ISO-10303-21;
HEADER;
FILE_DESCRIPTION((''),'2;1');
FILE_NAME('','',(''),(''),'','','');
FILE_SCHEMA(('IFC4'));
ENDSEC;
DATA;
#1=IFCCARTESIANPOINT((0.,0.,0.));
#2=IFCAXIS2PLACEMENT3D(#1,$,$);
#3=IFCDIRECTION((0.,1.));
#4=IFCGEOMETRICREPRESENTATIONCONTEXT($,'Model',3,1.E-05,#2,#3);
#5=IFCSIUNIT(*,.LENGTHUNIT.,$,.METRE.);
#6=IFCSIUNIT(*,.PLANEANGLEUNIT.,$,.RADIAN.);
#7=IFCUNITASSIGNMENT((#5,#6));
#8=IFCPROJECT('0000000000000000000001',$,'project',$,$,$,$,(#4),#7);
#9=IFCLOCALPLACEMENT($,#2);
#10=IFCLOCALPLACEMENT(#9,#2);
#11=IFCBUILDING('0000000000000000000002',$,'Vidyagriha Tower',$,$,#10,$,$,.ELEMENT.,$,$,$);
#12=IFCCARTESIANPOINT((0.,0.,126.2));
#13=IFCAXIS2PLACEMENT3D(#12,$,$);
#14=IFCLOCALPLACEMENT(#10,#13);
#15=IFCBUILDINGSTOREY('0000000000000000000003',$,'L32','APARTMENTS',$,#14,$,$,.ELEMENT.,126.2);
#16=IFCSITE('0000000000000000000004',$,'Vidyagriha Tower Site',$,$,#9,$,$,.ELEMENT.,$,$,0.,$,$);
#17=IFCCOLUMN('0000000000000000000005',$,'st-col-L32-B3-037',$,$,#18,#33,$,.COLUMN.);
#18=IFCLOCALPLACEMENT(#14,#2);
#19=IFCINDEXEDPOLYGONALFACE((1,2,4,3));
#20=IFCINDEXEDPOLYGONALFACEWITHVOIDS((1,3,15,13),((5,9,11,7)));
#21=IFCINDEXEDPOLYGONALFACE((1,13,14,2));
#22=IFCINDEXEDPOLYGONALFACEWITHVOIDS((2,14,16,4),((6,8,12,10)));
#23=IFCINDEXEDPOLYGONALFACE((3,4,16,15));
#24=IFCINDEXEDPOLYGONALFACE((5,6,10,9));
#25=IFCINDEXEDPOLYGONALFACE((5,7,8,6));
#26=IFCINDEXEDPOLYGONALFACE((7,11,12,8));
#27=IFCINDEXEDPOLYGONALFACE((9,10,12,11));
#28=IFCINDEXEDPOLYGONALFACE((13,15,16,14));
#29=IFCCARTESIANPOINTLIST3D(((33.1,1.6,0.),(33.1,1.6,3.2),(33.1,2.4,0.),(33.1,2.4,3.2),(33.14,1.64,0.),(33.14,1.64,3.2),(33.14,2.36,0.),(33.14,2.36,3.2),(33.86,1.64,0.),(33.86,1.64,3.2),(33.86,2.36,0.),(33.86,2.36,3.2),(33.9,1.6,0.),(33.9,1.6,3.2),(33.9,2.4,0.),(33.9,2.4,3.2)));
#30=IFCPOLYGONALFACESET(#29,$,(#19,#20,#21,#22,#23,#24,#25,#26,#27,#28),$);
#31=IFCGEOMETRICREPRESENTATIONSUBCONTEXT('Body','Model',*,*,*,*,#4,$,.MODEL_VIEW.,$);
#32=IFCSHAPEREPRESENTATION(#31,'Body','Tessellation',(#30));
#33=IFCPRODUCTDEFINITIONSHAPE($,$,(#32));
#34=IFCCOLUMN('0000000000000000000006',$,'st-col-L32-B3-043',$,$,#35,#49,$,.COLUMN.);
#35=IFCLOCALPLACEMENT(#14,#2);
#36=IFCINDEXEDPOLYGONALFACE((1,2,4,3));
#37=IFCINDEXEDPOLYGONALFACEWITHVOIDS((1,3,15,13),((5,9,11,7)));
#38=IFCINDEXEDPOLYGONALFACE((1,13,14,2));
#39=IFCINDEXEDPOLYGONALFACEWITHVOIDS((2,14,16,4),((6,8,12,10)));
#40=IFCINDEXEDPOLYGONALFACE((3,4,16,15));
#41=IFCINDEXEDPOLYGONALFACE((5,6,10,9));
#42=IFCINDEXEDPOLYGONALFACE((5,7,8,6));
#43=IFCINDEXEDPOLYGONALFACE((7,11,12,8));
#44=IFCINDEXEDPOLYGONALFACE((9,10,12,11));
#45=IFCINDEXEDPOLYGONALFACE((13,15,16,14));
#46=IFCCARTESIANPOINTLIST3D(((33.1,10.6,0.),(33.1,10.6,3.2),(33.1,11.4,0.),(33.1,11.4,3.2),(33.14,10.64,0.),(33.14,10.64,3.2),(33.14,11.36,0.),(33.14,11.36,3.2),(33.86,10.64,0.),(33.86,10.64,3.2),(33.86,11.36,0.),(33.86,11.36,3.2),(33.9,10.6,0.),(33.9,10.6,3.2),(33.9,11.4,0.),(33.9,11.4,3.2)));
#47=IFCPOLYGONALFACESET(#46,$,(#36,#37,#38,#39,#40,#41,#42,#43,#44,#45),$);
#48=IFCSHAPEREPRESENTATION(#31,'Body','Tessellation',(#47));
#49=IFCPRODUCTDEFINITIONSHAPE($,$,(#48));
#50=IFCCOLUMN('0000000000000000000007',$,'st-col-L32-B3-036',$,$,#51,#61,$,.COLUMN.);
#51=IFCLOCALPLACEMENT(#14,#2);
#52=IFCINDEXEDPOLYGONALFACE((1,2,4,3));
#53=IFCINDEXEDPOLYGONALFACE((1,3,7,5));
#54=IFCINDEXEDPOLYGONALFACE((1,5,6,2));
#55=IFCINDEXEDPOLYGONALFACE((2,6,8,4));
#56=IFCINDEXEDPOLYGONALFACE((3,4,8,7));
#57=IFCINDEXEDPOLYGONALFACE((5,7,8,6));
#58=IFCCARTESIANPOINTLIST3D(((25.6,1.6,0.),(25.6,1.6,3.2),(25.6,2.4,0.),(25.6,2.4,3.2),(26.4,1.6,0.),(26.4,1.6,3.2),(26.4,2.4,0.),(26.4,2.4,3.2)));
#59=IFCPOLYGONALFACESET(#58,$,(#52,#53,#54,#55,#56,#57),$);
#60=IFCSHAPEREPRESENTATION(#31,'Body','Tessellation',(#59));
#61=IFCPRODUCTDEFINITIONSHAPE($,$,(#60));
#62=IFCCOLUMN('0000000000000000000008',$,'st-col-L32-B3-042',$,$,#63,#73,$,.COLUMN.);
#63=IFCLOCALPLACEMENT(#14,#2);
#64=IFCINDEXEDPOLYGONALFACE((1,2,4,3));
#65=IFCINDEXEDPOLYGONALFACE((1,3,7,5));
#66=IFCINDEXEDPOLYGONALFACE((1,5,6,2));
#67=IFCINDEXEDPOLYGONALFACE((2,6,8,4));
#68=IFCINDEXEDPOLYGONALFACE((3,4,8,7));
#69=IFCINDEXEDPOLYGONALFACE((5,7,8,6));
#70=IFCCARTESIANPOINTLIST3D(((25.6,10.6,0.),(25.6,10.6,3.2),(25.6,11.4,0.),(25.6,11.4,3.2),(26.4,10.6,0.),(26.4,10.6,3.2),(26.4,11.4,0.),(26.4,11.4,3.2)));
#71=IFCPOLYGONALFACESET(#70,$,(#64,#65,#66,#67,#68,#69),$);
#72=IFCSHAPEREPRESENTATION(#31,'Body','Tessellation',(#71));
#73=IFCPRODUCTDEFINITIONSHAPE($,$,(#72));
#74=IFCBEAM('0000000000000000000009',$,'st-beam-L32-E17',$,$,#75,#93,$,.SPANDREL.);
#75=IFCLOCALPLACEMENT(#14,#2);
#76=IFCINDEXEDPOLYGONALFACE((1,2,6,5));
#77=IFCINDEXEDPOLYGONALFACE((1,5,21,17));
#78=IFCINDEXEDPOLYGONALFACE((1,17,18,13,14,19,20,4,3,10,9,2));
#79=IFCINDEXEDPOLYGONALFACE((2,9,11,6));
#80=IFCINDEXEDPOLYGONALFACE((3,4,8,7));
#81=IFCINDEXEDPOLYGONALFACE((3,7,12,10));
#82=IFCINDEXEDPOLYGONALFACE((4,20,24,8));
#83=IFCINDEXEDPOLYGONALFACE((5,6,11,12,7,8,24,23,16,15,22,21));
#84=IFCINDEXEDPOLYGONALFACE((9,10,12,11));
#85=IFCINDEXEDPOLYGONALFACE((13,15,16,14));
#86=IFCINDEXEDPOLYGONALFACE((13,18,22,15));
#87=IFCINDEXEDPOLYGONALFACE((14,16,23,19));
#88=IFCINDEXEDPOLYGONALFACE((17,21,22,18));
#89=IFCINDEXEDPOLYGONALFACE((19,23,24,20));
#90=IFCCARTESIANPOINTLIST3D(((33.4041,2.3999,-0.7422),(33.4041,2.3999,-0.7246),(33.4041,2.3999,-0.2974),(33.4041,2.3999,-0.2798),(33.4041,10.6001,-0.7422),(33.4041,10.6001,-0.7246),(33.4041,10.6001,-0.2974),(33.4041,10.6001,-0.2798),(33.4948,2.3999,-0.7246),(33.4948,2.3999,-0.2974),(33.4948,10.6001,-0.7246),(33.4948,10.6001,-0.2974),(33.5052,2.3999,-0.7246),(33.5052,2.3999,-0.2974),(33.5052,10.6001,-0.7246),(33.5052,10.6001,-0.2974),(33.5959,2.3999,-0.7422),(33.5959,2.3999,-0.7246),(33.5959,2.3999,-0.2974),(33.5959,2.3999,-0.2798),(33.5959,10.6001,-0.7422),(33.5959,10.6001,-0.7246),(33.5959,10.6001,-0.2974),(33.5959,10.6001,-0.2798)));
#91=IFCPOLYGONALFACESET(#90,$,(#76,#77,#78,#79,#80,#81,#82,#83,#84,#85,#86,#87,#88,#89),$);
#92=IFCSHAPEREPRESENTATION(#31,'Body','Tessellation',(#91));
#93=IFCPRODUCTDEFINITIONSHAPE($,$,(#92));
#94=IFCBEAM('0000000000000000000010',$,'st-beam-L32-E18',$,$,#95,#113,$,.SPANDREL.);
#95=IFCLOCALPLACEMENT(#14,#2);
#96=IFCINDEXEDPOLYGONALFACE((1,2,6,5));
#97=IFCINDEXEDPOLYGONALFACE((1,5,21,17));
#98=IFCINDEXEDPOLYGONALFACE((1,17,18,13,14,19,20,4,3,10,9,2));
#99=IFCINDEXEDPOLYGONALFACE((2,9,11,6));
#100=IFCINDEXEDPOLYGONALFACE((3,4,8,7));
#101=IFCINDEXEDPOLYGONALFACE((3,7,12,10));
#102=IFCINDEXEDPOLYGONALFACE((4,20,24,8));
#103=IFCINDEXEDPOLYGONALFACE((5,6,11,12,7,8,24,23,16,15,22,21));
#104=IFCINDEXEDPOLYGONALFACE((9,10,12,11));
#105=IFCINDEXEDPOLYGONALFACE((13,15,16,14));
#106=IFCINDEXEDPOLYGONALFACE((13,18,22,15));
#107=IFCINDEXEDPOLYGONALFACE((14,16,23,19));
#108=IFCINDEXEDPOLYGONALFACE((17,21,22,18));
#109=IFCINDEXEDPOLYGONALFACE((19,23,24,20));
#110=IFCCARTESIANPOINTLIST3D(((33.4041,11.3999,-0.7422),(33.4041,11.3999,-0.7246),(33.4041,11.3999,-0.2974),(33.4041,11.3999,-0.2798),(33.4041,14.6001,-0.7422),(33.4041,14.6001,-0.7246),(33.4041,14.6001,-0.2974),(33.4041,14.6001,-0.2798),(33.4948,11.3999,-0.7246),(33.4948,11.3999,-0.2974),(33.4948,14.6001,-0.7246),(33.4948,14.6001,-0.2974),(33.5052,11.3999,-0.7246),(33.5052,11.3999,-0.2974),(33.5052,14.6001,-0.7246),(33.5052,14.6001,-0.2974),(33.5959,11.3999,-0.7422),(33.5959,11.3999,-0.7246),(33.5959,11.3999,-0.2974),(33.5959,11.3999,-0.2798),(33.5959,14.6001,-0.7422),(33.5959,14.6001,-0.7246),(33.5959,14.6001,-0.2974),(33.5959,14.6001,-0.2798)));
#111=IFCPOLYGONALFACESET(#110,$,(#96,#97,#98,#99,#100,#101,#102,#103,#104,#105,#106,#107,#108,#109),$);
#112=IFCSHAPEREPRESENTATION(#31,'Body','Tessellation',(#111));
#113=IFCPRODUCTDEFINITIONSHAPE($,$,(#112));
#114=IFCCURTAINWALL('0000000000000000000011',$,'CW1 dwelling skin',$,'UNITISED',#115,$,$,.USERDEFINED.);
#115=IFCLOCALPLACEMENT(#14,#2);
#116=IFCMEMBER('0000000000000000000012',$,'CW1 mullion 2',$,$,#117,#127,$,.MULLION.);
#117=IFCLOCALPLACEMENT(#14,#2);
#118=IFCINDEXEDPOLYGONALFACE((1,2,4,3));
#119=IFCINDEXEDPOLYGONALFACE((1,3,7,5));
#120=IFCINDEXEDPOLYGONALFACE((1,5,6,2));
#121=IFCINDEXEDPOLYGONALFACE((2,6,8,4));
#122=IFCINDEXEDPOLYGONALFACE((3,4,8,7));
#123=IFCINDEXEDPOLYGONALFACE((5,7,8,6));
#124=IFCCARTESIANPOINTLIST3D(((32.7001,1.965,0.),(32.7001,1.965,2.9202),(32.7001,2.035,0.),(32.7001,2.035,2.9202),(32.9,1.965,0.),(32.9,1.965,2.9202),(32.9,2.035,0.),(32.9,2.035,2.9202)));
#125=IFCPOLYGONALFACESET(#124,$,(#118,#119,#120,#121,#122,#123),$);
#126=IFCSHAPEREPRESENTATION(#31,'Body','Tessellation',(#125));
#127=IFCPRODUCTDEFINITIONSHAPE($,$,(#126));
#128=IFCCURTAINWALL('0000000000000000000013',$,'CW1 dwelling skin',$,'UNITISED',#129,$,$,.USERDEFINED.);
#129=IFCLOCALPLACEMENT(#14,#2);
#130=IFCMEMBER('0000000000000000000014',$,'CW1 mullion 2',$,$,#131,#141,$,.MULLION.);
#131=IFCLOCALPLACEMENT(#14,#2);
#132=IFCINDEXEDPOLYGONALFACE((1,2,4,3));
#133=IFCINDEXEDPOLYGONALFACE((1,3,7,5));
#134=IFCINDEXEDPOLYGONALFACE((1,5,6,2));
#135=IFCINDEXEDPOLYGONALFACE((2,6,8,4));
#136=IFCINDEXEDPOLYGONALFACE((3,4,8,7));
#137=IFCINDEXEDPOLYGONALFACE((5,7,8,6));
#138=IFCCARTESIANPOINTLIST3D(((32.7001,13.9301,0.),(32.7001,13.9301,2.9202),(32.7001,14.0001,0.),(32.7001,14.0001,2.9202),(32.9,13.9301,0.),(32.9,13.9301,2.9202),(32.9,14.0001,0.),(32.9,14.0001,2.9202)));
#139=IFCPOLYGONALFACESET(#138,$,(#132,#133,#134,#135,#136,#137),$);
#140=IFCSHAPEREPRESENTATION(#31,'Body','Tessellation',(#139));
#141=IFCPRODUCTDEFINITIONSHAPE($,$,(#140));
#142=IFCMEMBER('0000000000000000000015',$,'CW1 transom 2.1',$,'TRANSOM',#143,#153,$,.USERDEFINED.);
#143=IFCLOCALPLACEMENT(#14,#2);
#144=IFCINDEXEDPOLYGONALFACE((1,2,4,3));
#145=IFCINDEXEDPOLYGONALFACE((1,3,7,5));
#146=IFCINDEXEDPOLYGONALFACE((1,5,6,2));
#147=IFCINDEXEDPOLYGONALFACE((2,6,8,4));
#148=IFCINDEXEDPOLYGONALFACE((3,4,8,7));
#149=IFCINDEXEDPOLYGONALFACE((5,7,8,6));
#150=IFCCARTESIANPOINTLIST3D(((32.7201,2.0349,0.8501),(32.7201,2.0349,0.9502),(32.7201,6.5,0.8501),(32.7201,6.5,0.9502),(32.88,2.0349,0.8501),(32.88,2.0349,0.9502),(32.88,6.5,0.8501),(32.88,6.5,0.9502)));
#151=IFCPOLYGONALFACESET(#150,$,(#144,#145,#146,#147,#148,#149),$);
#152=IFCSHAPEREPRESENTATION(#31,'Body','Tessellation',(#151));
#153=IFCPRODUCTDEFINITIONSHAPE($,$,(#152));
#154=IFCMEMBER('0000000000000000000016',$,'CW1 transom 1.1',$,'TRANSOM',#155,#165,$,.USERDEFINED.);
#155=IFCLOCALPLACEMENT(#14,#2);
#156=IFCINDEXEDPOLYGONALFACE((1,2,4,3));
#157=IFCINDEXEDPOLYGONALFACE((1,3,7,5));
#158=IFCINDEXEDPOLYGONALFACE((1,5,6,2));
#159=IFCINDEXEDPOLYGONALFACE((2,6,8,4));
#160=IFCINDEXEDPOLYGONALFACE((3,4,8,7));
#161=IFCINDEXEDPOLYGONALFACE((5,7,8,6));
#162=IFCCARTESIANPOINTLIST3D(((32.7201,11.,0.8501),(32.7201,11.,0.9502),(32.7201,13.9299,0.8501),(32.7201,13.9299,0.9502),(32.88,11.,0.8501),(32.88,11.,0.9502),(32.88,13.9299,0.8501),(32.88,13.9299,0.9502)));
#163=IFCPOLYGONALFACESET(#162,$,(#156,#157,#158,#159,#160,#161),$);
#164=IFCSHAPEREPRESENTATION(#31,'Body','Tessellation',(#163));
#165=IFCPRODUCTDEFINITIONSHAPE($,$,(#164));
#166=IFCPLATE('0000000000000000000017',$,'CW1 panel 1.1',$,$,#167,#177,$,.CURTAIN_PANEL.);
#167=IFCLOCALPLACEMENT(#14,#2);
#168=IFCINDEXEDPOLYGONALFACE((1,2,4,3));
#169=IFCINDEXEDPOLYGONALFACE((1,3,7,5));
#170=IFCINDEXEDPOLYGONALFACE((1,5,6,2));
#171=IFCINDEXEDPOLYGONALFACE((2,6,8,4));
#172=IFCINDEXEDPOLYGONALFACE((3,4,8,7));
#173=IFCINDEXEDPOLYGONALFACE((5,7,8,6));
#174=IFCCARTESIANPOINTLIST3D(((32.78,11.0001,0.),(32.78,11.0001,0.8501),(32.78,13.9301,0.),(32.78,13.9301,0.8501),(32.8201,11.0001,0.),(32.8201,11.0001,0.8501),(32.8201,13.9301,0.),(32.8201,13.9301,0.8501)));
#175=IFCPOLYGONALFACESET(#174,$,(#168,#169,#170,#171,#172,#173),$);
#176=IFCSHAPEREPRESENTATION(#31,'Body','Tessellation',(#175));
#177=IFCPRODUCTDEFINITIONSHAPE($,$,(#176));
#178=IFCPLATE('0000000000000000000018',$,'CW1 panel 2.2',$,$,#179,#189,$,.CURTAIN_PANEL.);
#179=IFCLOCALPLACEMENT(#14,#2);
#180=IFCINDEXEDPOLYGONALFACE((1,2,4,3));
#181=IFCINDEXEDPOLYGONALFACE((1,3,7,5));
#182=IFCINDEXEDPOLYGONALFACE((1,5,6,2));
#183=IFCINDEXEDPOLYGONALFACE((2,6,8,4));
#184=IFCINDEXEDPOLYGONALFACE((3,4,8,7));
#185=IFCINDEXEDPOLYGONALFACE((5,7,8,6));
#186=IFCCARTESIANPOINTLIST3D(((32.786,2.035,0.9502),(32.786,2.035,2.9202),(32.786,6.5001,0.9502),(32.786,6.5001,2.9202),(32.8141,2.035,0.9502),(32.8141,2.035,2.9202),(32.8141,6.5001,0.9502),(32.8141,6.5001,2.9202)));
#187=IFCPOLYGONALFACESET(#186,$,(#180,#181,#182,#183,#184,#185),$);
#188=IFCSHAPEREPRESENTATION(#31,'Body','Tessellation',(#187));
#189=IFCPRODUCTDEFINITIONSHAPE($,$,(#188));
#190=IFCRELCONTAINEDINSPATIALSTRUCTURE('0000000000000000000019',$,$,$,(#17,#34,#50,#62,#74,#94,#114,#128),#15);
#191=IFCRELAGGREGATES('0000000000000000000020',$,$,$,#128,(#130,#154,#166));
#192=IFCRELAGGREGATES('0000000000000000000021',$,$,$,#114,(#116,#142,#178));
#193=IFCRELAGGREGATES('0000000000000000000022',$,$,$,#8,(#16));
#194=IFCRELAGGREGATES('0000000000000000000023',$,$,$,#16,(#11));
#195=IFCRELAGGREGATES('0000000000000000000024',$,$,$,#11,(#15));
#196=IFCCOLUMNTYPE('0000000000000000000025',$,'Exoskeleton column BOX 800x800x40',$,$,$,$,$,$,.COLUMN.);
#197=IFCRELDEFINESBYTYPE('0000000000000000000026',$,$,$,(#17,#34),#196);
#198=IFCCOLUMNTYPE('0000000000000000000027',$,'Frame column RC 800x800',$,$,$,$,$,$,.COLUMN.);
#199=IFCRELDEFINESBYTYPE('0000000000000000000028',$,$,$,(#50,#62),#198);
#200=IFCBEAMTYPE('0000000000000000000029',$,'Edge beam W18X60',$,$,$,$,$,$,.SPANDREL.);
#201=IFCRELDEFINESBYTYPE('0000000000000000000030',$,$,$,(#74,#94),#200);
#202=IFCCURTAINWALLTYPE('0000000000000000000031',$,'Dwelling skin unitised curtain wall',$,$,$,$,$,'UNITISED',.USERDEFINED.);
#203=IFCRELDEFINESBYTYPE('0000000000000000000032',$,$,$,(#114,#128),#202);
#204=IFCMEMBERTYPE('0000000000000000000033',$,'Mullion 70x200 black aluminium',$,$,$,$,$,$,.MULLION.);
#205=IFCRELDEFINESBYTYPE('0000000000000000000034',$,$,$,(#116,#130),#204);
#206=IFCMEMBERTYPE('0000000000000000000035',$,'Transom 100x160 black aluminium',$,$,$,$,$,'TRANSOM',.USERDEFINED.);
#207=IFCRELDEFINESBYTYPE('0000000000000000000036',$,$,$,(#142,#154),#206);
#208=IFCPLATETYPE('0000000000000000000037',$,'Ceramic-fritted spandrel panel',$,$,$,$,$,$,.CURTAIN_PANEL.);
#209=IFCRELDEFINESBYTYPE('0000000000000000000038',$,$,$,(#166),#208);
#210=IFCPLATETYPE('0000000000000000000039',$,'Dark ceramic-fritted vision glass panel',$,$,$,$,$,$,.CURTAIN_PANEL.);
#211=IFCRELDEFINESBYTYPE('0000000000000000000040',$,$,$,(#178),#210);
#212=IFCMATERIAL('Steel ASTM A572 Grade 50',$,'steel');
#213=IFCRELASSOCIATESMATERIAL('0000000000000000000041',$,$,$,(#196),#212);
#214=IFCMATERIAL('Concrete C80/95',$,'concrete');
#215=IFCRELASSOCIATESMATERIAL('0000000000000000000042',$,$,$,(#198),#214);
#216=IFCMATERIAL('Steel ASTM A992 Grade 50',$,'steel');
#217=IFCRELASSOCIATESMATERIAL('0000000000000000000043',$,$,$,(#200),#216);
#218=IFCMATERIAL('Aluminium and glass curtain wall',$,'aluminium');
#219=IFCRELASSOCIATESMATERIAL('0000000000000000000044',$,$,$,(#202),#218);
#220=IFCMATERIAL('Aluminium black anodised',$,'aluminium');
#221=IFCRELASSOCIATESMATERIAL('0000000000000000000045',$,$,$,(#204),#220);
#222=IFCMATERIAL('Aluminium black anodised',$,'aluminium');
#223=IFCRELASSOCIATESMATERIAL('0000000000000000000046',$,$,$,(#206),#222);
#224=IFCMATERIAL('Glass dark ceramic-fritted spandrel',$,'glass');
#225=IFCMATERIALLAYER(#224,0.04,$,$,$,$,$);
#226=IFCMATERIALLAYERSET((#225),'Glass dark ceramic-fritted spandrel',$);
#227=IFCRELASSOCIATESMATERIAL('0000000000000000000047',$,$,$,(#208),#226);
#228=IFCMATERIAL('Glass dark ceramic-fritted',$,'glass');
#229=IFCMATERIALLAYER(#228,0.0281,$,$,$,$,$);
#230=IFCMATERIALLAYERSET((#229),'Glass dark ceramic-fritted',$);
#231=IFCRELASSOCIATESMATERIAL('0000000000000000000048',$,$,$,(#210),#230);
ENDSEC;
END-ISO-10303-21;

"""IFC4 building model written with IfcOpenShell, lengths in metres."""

from ifc_helpers import new_model, si_unit, direction, frame, origin, origin_2d, place, context, subcontext, project, spatial, rectangle, hollow_rectangle, i_section, extrude, material, layer, layer_set, material_profile, profile_set, type_object, element, aggregate, save


model = new_model("IFC4")

# Units and contexts
model_context = context("Model", 3, precision=1e-05, world=origin(), true_north=direction((0.0, 1.0)))
body_context = subcontext(model_context, "Body", "Model", "MODEL_VIEW")
ifc_project = project(units=[si_unit("LENGTHUNIT", "METRE"), si_unit("PLANEANGLEUNIT", "RADIAN")], contexts=[model_context])

# Site, building, storey
site_placement = place(None, origin())
site = spatial("IfcSite", under=ifc_project, at=site_placement, Name="Vidyagriha Tower Site", CompositionType="ELEMENT", RefElevation=0.0)
building_placement = place(site_placement, origin())
building = spatial("IfcBuilding", under=site, at=building_placement, Name="Vidyagriha Tower", CompositionType="ELEMENT")
storey_placement = place(building_placement, frame((0.0, 0.0, 126.2)))
storey = spatial("IfcBuildingStorey", under=building, at=storey_placement, Name="L32", Description="APARTMENTS", CompositionType="ELEMENT", Elevation=126.2)

# Columns
ifc_material_1 = material(Name="Steel ASTM A572 Grade 50", Category="steel")
ifc_material_profile_1 = material_profile(ifc_material_1, hollow_rectangle(XDim=0.8, YDim=0.8, WallThickness=0.04, at=origin_2d()), Name="BOX 800x800x40")
ifc_profile_set_1 = profile_set([ifc_material_profile_1], Name="Steel ASTM A572 Grade 50")
column_type_1 = type_object("IfcColumnType", Name="Exoskeleton column BOX 800x800x40", PredefinedType="COLUMN", material=ifc_profile_set_1)
for number, where, name in (
    (1, (33.5, 2.0, 0.0), "st-col-L32-B3-037"),
    (2, (33.5, 11.0, 0.0), "st-col-L32-B3-043"),
):
    element("IfcColumn", number, at=place(storey_placement, frame(where)), inside=storey, type_object=column_type_1, Name=name, PredefinedType="COLUMN", context=body_context, shape_type="SweptSolid", body=[
        extrude(hollow_rectangle(XDim=0.8, YDim=0.8, WallThickness=0.04, at=origin_2d()), origin(), (0.0, 0.0, 1.0), 3.2),
    ])
ifc_material_2 = material(Name="Concrete C80/95", Category="concrete")
ifc_material_profile_2 = material_profile(ifc_material_2, rectangle(XDim=0.8, YDim=0.8, at=origin_2d()), Name="RC 800x800")
ifc_profile_set_2 = profile_set([ifc_material_profile_2], Name="Concrete C80/95")
column_type_2 = type_object("IfcColumnType", Name="Frame column RC 800x800", PredefinedType="COLUMN", material=ifc_profile_set_2)
for number, where, name in (
    (3, (26.0, 2.0, 0.0), "st-col-L32-B3-036"),
    (4, (26.0, 11.0, 0.0), "st-col-L32-B3-042"),
):
    element("IfcColumn", number, at=place(storey_placement, frame(where)), inside=storey, type_object=column_type_2, Name=name, PredefinedType="COLUMN", context=body_context, shape_type="SweptSolid", body=[
        extrude(rectangle(XDim=0.8, YDim=0.8, at=origin_2d()), origin(), (0.0, 0.0, 1.0), 3.2),
    ])

# Beams
ifc_material_3 = material(Name="Steel ASTM A992 Grade 50", Category="steel")
ifc_material_profile_3 = material_profile(ifc_material_3, i_section(OverallWidth=0.1919, OverallDepth=0.4624, WebThickness=0.0105, FlangeThickness=0.0176, at=origin_2d()), Name="W18X60")
ifc_profile_set_3 = profile_set([ifc_material_profile_3], Name="Steel ASTM A992 Grade 50")
beam_type = type_object("IfcBeamType", Name="Edge beam W18X60", PredefinedType="SPANDREL", material=ifc_profile_set_3)
beam_1_placement = place(storey_placement, frame((33.5, 2.3999, -0.511), z_axis=(0.0, 1.0, 0.0), x_axis=(-1.0, 0.0, 0.0)))
element("IfcBeam", 5, at=beam_1_placement, inside=storey, type_object=beam_type, Name="st-beam-L32-E17", PredefinedType="SPANDREL", context=body_context, shape_type="SweptSolid", body=[
    extrude(i_section(OverallWidth=0.1919, OverallDepth=0.4624, WebThickness=0.0105, FlangeThickness=0.0176, at=origin_2d()), origin(), (0.0, 0.0, 1.0), 8.2002),
])
beam_2_placement = place(storey_placement, frame((33.5, 11.3999, -0.511), z_axis=(0.0, 1.0, 0.0), x_axis=(-1.0, 0.0, 0.0)))
element("IfcBeam", 6, at=beam_2_placement, inside=storey, type_object=beam_type, Name="st-beam-L32-E18", PredefinedType="SPANDREL", context=body_context, shape_type="SweptSolid", body=[
    extrude(i_section(OverallWidth=0.1919, OverallDepth=0.4624, WebThickness=0.0105, FlangeThickness=0.0176, at=origin_2d()), origin(), (0.0, 0.0, 1.0), 3.2002),
])

# Curtain walls, members
ifc_material_4 = material(Name="Aluminium and glass curtain wall", Category="aluminium")
curtain_wall_type = type_object("IfcCurtainWallType", Name="Dwelling skin unitised curtain wall", ElementType="UNITISED", PredefinedType="USERDEFINED", material=ifc_material_4)
curtain_wall_1_placement = place(storey_placement, origin())
curtain_wall_1 = element("IfcCurtainWall", 7, at=curtain_wall_1_placement, inside=storey, type_object=curtain_wall_type, Name="CW1 dwelling skin", ObjectType="UNITISED", PredefinedType="USERDEFINED")
ifc_material_5 = material(Name="Aluminium black anodised", Category="aluminium")
ifc_material_profile_4 = material_profile(ifc_material_5, rectangle(XDim=0.2, YDim=0.0701, at=origin_2d()), Name="Mullion 70x200 black aluminium")
ifc_profile_set_4 = profile_set([ifc_material_profile_4], Name="Aluminium black anodised")
member_type_1 = type_object("IfcMemberType", Name="Mullion 70x200 black aluminium", PredefinedType="MULLION", material=ifc_profile_set_4)
member_1_placement = place(storey_placement, frame((32.8, 2.0, 0.0), z_axis=(0.0, 0.0, 1.0), x_axis=(-1.0, 0.0, 0.0)))
member_1 = element("IfcMember", 8, at=member_1_placement, type_object=member_type_1, Name="CW1 mullion 2", PredefinedType="MULLION", context=body_context, shape_type="SweptSolid", body=[
    extrude(rectangle(XDim=0.2, YDim=0.0701, at=origin_2d()), origin(), (0.0, 0.0, 1.0), 2.9202),
])
curtain_wall_2_placement = place(storey_placement, origin())
curtain_wall_2 = element("IfcCurtainWall", 9, at=curtain_wall_2_placement, inside=storey, type_object=curtain_wall_type, Name="CW1 dwelling skin", ObjectType="UNITISED", PredefinedType="USERDEFINED")
member_2_placement = place(storey_placement, frame((32.8, 13.9651, 0.0), z_axis=(0.0, 0.0, 1.0), x_axis=(-1.0, 0.0, 0.0)))
member_2 = element("IfcMember", 10, at=member_2_placement, type_object=member_type_1, Name="CW1 mullion 2", PredefinedType="MULLION", context=body_context, shape_type="SweptSolid", body=[
    extrude(rectangle(XDim=0.2, YDim=0.0701, at=origin_2d()), origin(), (0.0, 0.0, 1.0), 2.9202),
])

# Members
ifc_material_6 = material(Name="Aluminium black anodised", Category="aluminium")
ifc_material_profile_5 = material_profile(ifc_material_6, rectangle(XDim=0.1599, YDim=0.1001, at=origin_2d()), Name="Transom 100x160 black aluminium")
ifc_profile_set_5 = profile_set([ifc_material_profile_5], Name="Aluminium black anodised")
member_type_2 = type_object("IfcMemberType", Name="Transom 100x160 black aluminium", ElementType="TRANSOM", PredefinedType="USERDEFINED", material=ifc_profile_set_5)
member_3_placement = place(storey_placement, frame((32.8, 2.0349, 0.9001), z_axis=(0.0, 1.0, 0.0), x_axis=(-1.0, 0.0, 0.0)))
member_3 = element("IfcMember", 11, at=member_3_placement, type_object=member_type_2, Name="CW1 transom 2.1", ObjectType="TRANSOM", PredefinedType="USERDEFINED", context=body_context, shape_type="SweptSolid", body=[
    extrude(rectangle(XDim=0.1599, YDim=0.1001, at=origin_2d()), origin(), (0.0, 0.0, 1.0), 4.4651),
])
member_4_placement = place(storey_placement, frame((32.8, 11.0, 0.9001), z_axis=(0.0, 1.0, 0.0), x_axis=(-1.0, 0.0, 0.0)))
member_4 = element("IfcMember", 12, at=member_4_placement, type_object=member_type_2, Name="CW1 transom 1.1", ObjectType="TRANSOM", PredefinedType="USERDEFINED", context=body_context, shape_type="SweptSolid", body=[
    extrude(rectangle(XDim=0.1599, YDim=0.1001, at=origin_2d()), origin(), (0.0, 0.0, 1.0), 2.9299),
])

# Plates
ifc_material_7 = material(Name="Glass dark ceramic-fritted spandrel", Category="glass")
ifc_layer_1 = layer(ifc_material_7, 0.04)
ifc_layer_set_1 = layer_set([ifc_layer_1], Name="Glass dark ceramic-fritted spandrel")
plate_type_1 = type_object("IfcPlateType", Name="Ceramic-fritted spandrel panel", PredefinedType="CURTAIN_PANEL", material=ifc_layer_set_1)
plate_1_placement = place(storey_placement, frame((32.8, 12.4651, 0.0), z_axis=(0.0, 0.0, 1.0), x_axis=(0.0, 1.0, 0.0)))
plate_1 = element("IfcPlate", 13, at=plate_1_placement, type_object=plate_type_1, Name="CW1 panel 1.1", PredefinedType="CURTAIN_PANEL", context=body_context, shape_type="SweptSolid", body=[
    extrude(rectangle(XDim=2.9299, YDim=0.04, at=origin_2d()), origin(), (0.0, 0.0, 1.0), 0.8501),
])
ifc_material_8 = material(Name="Glass dark ceramic-fritted", Category="glass")
ifc_layer_2 = layer(ifc_material_8, 0.0281)
ifc_layer_set_2 = layer_set([ifc_layer_2], Name="Glass dark ceramic-fritted")
plate_type_2 = type_object("IfcPlateType", Name="Dark ceramic-fritted vision glass panel", PredefinedType="CURTAIN_PANEL", material=ifc_layer_set_2)
plate_2_placement = place(storey_placement, frame((32.8, 4.2676, 0.9502), z_axis=(0.0, 0.0, 1.0), x_axis=(0.0, 1.0, 0.0)))
plate_2 = element("IfcPlate", 14, at=plate_2_placement, type_object=plate_type_2, Name="CW1 panel 2.2", PredefinedType="CURTAIN_PANEL", context=body_context, shape_type="SweptSolid", body=[
    extrude(rectangle(XDim=4.4651, YDim=0.0281, at=origin_2d()), origin(), (0.0, 0.0, 1.0), 1.97),
])
aggregate(curtain_wall_2, [member_2, member_4, plate_1])
aggregate(curtain_wall_1, [member_1, member_3, plate_2])

save(model, "model.ifc")
